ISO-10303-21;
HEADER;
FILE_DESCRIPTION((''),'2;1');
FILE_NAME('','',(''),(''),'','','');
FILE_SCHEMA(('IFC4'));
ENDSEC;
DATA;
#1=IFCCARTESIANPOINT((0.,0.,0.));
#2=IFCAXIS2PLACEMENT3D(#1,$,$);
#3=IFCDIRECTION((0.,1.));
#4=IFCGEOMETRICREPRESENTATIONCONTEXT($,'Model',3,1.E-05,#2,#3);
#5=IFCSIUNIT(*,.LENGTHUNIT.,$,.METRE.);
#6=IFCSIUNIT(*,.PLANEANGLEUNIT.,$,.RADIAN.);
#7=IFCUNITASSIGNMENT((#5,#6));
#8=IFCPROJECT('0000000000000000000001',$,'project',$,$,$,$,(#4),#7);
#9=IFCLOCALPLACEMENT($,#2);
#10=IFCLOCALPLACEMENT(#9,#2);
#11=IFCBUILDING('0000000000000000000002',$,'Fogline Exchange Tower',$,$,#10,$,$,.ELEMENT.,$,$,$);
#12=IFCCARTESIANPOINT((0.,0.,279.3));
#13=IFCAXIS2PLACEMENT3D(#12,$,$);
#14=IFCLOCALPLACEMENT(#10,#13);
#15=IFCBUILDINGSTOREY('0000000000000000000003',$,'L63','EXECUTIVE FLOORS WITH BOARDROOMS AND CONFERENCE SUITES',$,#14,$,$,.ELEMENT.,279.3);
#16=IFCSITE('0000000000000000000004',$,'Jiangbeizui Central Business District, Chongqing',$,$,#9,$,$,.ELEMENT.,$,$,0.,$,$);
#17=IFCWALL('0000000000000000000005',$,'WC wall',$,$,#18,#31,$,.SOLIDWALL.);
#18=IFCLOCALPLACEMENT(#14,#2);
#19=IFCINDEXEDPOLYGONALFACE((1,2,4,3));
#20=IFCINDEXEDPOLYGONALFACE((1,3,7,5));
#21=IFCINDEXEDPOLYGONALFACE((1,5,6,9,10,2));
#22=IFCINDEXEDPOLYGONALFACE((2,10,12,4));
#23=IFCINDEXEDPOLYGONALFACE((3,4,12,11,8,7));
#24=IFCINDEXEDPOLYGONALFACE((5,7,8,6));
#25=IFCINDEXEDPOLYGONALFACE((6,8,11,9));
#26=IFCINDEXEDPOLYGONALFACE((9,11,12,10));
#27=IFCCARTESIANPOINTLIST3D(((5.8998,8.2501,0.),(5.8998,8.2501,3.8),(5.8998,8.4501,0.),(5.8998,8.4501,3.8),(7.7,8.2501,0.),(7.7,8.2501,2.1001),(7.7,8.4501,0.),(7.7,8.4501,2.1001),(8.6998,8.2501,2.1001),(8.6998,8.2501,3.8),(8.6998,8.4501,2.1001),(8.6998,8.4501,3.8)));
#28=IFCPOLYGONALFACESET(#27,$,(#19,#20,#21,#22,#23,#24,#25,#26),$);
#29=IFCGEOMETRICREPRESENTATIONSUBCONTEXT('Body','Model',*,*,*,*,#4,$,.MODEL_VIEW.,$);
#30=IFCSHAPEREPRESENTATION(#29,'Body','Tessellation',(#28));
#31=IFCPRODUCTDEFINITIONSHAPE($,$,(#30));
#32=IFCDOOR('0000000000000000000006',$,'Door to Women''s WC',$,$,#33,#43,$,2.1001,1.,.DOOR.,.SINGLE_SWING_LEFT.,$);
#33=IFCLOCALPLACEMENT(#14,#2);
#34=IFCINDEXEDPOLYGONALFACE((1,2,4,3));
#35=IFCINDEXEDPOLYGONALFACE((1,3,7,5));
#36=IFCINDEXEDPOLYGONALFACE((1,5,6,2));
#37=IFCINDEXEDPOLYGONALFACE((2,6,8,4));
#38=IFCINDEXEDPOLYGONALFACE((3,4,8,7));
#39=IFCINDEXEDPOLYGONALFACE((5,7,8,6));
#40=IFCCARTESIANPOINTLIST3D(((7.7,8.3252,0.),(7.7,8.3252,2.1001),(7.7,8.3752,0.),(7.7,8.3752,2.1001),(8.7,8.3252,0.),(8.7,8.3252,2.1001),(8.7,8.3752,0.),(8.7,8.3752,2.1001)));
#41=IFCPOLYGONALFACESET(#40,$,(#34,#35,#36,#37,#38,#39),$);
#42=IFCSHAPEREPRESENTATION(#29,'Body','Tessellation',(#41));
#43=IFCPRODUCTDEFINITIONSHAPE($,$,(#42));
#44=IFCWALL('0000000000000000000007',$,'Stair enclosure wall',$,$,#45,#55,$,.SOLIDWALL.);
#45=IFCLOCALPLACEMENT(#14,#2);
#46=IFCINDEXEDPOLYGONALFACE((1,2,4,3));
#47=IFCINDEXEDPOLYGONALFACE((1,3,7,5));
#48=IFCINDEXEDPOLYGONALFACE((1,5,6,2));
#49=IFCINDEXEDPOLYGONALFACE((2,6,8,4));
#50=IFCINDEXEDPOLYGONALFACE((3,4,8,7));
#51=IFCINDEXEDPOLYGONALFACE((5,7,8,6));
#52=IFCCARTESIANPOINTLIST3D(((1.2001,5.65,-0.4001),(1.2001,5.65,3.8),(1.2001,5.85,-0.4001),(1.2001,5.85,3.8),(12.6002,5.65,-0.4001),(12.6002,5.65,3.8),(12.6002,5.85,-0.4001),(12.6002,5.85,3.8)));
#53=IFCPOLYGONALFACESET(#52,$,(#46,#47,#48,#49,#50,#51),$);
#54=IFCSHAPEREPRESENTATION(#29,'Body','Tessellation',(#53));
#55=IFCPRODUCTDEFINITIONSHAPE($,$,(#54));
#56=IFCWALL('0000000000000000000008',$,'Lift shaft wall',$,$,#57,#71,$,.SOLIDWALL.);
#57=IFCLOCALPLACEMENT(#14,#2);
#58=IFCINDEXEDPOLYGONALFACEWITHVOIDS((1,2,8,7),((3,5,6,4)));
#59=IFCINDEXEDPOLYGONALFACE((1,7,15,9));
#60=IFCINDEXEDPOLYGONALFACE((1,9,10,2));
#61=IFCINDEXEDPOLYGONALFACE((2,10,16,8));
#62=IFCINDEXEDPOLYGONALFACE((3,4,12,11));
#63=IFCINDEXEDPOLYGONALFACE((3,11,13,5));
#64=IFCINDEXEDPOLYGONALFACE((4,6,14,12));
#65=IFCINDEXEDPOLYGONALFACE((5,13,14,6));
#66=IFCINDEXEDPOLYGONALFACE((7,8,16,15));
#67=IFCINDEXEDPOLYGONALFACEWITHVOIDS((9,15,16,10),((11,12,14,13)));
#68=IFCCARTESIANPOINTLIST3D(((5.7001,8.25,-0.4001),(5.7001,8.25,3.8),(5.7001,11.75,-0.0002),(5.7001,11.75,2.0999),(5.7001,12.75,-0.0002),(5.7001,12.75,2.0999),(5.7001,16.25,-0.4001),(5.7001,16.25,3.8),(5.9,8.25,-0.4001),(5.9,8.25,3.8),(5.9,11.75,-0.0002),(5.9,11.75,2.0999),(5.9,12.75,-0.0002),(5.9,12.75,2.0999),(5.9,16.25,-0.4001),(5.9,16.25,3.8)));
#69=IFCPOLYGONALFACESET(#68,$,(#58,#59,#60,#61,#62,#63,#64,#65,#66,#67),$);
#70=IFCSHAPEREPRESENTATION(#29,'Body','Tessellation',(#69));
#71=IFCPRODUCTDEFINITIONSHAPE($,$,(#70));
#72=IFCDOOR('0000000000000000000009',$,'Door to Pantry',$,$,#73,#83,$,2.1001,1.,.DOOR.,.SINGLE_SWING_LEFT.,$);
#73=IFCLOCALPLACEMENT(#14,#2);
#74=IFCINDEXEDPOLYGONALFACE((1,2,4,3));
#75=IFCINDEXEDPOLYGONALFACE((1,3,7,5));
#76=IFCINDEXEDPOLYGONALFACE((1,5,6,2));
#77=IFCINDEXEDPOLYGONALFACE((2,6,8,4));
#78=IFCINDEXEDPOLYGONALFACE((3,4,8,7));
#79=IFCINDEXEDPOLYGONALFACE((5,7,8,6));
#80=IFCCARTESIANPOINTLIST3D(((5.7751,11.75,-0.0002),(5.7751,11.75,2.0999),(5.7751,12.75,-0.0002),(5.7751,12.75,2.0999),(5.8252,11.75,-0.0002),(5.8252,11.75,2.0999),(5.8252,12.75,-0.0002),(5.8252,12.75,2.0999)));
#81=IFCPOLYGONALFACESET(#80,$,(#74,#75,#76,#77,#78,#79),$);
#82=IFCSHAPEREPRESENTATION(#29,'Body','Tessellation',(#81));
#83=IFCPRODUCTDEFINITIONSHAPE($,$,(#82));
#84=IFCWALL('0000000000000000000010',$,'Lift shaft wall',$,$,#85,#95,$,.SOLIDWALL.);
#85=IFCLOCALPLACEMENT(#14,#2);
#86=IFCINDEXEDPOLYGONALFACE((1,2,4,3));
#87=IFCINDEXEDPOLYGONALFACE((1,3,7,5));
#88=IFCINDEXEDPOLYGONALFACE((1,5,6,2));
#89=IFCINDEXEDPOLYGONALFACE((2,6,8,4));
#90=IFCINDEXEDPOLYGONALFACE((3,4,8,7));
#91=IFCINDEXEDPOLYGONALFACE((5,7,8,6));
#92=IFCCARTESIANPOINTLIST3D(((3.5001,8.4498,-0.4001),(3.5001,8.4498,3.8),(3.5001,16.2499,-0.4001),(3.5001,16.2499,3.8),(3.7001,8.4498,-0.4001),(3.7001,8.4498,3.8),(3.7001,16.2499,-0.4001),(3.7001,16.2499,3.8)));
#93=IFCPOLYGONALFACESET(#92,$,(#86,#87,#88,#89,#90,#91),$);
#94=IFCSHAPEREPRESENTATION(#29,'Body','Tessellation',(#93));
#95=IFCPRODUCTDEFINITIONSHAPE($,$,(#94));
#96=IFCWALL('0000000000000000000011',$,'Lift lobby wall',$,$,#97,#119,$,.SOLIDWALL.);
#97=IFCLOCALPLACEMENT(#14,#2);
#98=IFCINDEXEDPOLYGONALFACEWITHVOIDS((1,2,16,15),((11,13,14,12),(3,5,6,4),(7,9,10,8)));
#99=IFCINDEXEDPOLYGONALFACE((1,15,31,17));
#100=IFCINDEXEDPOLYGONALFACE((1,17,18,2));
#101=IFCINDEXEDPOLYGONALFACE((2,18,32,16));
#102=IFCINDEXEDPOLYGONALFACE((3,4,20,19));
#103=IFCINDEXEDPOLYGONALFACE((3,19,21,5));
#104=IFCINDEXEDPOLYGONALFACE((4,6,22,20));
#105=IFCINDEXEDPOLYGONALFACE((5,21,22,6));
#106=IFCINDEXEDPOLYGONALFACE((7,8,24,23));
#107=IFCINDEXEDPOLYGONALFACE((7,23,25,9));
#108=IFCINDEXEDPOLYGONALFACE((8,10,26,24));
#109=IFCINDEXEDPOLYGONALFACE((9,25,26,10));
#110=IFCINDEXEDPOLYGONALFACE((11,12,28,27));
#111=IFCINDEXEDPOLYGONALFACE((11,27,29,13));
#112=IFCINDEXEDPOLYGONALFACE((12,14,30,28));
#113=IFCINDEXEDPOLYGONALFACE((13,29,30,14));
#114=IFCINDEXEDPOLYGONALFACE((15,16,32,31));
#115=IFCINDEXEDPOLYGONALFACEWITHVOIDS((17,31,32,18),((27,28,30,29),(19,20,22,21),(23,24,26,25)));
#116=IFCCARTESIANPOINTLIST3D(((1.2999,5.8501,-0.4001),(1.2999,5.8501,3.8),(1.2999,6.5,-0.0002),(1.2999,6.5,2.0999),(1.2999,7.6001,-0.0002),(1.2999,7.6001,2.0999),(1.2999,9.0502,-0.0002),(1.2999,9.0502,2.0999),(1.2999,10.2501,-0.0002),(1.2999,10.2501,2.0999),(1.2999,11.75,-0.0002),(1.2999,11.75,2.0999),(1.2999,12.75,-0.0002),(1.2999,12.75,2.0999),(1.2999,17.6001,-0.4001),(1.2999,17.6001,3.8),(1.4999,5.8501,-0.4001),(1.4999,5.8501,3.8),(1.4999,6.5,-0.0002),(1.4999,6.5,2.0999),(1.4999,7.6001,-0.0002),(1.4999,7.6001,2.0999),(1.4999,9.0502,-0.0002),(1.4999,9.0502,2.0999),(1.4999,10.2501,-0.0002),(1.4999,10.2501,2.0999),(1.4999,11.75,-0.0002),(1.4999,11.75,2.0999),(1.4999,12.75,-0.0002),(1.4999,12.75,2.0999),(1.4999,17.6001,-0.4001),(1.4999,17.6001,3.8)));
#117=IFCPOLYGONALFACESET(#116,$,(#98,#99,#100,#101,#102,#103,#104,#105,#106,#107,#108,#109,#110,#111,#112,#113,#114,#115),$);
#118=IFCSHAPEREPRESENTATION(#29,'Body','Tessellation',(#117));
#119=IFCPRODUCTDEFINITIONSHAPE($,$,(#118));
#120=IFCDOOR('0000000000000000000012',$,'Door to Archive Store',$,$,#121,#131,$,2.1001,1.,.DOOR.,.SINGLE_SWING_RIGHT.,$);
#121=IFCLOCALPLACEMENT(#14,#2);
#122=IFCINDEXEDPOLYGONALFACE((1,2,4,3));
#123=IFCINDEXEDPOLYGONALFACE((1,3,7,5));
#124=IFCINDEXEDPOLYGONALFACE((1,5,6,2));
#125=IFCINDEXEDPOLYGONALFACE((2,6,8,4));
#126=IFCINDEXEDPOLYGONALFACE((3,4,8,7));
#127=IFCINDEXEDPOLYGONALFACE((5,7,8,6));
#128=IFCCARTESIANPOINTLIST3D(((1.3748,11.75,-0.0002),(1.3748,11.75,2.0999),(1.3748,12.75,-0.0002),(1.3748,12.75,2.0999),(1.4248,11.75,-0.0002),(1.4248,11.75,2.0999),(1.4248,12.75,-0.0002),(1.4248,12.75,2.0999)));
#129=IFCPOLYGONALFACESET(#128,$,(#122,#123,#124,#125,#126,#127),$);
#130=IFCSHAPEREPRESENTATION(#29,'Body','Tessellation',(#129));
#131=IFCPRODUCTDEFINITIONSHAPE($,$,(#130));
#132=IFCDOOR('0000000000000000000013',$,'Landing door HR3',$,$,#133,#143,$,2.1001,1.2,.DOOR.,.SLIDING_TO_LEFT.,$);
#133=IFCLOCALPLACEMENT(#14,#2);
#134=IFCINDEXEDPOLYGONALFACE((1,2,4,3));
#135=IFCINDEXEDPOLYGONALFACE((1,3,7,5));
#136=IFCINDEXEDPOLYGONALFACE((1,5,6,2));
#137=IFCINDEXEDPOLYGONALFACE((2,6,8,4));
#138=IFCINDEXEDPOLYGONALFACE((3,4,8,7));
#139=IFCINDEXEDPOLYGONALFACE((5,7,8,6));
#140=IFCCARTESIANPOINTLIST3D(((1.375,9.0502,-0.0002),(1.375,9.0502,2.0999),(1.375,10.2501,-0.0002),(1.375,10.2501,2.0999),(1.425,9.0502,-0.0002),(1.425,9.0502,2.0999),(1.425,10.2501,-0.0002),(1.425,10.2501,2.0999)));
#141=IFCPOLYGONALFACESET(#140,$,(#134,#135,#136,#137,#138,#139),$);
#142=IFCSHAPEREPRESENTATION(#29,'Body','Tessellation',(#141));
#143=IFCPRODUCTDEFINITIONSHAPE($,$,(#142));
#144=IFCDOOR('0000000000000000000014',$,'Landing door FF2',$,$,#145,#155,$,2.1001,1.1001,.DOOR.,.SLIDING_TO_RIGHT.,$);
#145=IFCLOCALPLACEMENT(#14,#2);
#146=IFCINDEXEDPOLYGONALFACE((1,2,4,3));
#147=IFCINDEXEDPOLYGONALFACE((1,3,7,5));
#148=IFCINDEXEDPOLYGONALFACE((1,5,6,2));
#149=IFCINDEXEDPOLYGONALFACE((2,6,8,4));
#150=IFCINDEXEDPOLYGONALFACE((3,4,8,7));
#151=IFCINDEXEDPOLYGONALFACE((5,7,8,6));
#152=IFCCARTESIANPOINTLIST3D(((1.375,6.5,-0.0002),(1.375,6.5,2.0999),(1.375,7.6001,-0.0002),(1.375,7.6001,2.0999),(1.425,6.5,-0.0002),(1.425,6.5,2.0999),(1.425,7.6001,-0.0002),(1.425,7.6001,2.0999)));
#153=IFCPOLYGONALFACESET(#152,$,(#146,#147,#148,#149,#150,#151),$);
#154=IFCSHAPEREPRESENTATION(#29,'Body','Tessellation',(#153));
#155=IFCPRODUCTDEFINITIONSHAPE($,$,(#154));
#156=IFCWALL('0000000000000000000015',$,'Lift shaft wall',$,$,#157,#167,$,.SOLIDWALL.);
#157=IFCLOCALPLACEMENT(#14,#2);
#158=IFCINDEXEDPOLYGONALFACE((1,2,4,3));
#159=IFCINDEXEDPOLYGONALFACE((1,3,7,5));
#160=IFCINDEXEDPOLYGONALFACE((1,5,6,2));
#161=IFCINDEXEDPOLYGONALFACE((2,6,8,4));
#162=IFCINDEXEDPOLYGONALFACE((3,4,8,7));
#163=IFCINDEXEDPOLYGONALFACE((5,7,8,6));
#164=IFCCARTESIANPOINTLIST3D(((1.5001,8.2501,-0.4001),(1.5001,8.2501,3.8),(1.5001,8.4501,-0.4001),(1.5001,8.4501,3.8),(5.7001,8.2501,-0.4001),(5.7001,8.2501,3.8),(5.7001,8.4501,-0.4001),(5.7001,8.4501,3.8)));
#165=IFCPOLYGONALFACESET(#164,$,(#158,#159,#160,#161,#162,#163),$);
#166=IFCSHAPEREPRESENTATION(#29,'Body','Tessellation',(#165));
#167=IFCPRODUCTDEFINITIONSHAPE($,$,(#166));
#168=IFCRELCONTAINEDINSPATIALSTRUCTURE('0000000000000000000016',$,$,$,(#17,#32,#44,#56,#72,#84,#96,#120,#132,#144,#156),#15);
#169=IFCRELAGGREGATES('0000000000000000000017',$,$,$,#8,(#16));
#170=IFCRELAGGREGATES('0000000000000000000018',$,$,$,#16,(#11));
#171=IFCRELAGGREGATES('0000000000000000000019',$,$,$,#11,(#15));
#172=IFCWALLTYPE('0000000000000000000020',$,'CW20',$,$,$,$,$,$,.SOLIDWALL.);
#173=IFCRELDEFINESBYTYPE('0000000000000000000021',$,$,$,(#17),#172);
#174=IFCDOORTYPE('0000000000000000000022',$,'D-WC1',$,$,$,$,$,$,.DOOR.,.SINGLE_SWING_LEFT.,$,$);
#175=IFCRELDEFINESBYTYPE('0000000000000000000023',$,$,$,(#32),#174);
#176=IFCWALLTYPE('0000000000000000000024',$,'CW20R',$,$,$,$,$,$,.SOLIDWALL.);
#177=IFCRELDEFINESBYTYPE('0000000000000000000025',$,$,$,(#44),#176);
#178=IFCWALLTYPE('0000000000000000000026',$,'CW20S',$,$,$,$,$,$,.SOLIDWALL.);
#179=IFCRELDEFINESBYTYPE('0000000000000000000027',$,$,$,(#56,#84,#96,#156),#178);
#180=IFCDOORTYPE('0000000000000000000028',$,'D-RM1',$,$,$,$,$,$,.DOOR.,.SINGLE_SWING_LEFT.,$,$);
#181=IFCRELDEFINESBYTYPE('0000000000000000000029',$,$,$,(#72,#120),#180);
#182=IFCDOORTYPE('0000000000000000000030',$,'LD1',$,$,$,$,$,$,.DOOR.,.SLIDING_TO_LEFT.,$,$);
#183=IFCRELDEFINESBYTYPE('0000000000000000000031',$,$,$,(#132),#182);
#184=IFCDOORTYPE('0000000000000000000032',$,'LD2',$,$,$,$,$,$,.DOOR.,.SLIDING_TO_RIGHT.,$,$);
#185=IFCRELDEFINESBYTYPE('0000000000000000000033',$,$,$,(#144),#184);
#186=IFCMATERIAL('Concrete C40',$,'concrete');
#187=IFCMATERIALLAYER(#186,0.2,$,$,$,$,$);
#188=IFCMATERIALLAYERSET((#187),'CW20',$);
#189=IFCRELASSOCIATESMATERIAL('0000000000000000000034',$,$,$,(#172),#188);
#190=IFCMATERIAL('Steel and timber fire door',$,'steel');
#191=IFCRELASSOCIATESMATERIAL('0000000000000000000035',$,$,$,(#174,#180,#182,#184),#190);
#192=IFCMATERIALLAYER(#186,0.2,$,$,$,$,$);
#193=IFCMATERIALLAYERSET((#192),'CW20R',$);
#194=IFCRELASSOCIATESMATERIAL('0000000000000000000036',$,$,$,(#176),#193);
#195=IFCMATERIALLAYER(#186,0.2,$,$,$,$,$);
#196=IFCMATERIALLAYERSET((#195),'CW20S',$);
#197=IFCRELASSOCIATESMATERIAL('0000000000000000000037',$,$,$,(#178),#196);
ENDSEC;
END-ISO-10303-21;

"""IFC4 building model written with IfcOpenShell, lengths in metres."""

from ifc_helpers import new_model, si_unit, direction, frame, frame_2d, origin, place, context, subcontext, project, spatial, rectangle, extrude, material, layer, layer_set, type_object, element, fill, save


model = new_model("IFC4")

# Units and contexts
model_context = context("Model", 3, precision=1e-05, world=origin(), true_north=direction((0.0, 1.0)))
body_context = subcontext(model_context, "Body", "Model", "MODEL_VIEW")
ifc_project = project(units=[si_unit("LENGTHUNIT", "METRE"), si_unit("PLANEANGLEUNIT", "RADIAN")], contexts=[model_context])

# Site, building, storey
site_placement = place(None, origin())
site = spatial("IfcSite", under=ifc_project, at=site_placement, Name="Jiangbeizui Central Business District, Chongqing", CompositionType="ELEMENT", RefElevation=0.0)
building_placement = place(site_placement, origin())
building = spatial("IfcBuilding", under=site, at=building_placement, Name="Fogline Exchange Tower", CompositionType="ELEMENT")
storey_placement = place(building_placement, frame((0.0, 0.0, 279.3)))
storey = spatial("IfcBuildingStorey", under=building, at=storey_placement, Name="L63", Description="EXECUTIVE FLOORS WITH BOARDROOMS AND CONFERENCE SUITES", CompositionType="ELEMENT", Elevation=279.3)

# Shared definitions
ifc_material_1 = material(Name="Concrete C40", Category="concrete")

# Wall, opening, door
ifc_layer_1 = layer(ifc_material_1, 0.2)
ifc_layer_set_1 = layer_set([ifc_layer_1], Name="CW20")
wall_type_1 = type_object("IfcWallType", Name="CW20", PredefinedType="SOLIDWALL", material=ifc_layer_set_1)
wall_1_placement = place(storey_placement, frame((5.8999, 8.3501, 0.0), z_axis=(0.0, 0.0, 1.0), x_axis=(1.0, 0.0, 0.0)))
wall_1 = element("IfcWall", 1, at=wall_1_placement, inside=storey, type_object=wall_type_1, Name="WC wall", PredefinedType="SOLIDWALL", context=body_context, shape_type="SweptSolid", body=[
    extrude(rectangle(XDim=2.8, YDim=0.2, at=frame_2d((1.3999, 0.0))), origin(), (0.0, 0.0, 1.0), 3.8),
])
opening_1_placement = place(wall_1_placement, frame((1.8, 0.0, 0.0)))
opening_1 = element("IfcOpeningElement", 2, at=opening_1_placement, cuts=wall_1, PredefinedType="OPENING", context=body_context, shape_type="SweptSolid", body=[
    extrude(rectangle(XDim=1.0, YDim=2.1001, at=frame_2d((0.5, 1.05))), frame((0.0, 0.1099, 0.0), z_axis=(0.0, -1.0, 0.0), x_axis=(1.0, 0.0, 0.0)), (0.0, 0.0, 1.0), 0.22),
])
ifc_material_2 = material(Name="Steel and timber fire door", Category="steel")
door_type_1 = type_object("IfcDoorType", Name="D-WC1", OperationType="SINGLE_SWING_LEFT", PredefinedType="DOOR", material=ifc_material_2)
door_1_placement = place(opening_1_placement, frame((1.0, 0.0, 0.0), z_axis=(0.0, 0.0, 1.0), x_axis=(-1.0, 0.0, 0.0)))
door_1 = element("IfcDoor", 3, at=door_1_placement, inside=storey, type_object=door_type_1, Name="Door to Women's WC", OperationType="SINGLE_SWING_LEFT", OverallHeight=2.1001, OverallWidth=1.0, PredefinedType="DOOR", context=body_context, shape_type="SweptSolid", body=[
    extrude(rectangle(XDim=1.0, YDim=2.1001, at=frame_2d((0.5, 1.05))), frame((0.0, 0.0249, 0.0), z_axis=(0.0, -1.0, 0.0), x_axis=(1.0, 0.0, 0.0)), (0.0, 0.0, 1.0), 0.05),
])
fill(opening_1, door_1)

# Wall
ifc_layer_2 = layer(ifc_material_1, 0.2)
ifc_layer_set_2 = layer_set([ifc_layer_2], Name="CW20R")
wall_type_2 = type_object("IfcWallType", Name="CW20R", PredefinedType="SOLIDWALL", material=ifc_layer_set_2)
wall_2_placement = place(storey_placement, frame((1.2, 5.75, -0.4001), z_axis=(0.0, 0.0, 1.0), x_axis=(1.0, 0.0, 0.0)))
element("IfcWall", 4, at=wall_2_placement, inside=storey, type_object=wall_type_2, Name="Stair enclosure wall", PredefinedType="SOLIDWALL", context=body_context, shape_type="SweptSolid", body=[
    extrude(rectangle(XDim=11.4001, YDim=0.2, at=frame_2d((5.7002, 0.0))), origin(), (0.0, 0.0, 1.0), 4.2002),
])

# Wall, opening, door
ifc_layer_3 = layer(ifc_material_1, 0.2)
ifc_layer_set_3 = layer_set([ifc_layer_3], Name="CW20S")
wall_type_3 = type_object("IfcWallType", Name="CW20S", PredefinedType="SOLIDWALL", material=ifc_layer_set_3)
wall_3_placement = place(storey_placement, frame((5.8, 8.25, -0.4001), z_axis=(0.0, 0.0, 1.0), x_axis=(0.0, 1.0, 0.0)))
wall_3 = element("IfcWall", 5, at=wall_3_placement, inside=storey, type_object=wall_type_3, Name="Lift shaft wall", PredefinedType="SOLIDWALL", context=body_context, shape_type="SweptSolid", body=[
    extrude(rectangle(XDim=8.0, YDim=0.2, at=frame_2d((4.0, 0.0))), origin(), (0.0, 0.0, 1.0), 4.2002),
])
opening_2_placement = place(wall_3_placement, frame((3.5, 0.0, 0.3999)))
opening_2 = element("IfcOpeningElement", 6, at=opening_2_placement, cuts=wall_3, PredefinedType="OPENING", context=body_context, shape_type="SweptSolid", body=[
    extrude(rectangle(XDim=1.0, YDim=2.1001, at=frame_2d((0.5, 1.05))), frame((0.0, 0.1099, 0.0), z_axis=(0.0, -1.0, 0.0), x_axis=(1.0, 0.0, 0.0)), (0.0, 0.0, 1.0), 0.22),
])
door_type_2 = type_object("IfcDoorType", Name="D-RM1", OperationType="SINGLE_SWING_LEFT", PredefinedType="DOOR", material=ifc_material_2)
door_2_placement = place(opening_2_placement, origin())
door_2 = element("IfcDoor", 7, at=door_2_placement, inside=storey, type_object=door_type_2, Name="Door to Pantry", OperationType="SINGLE_SWING_LEFT", OverallHeight=2.1001, OverallWidth=1.0, PredefinedType="DOOR", context=body_context, shape_type="SweptSolid", body=[
    extrude(rectangle(XDim=1.0, YDim=2.1001, at=frame_2d((0.5, 1.05))), frame((0.0, 0.0249, 0.0), z_axis=(0.0, -1.0, 0.0), x_axis=(1.0, 0.0, 0.0)), (0.0, 0.0, 1.0), 0.05),
])
fill(opening_2, door_2)

# Wall
wall_4_placement = place(storey_placement, frame((3.6001, 8.45, -0.4001), z_axis=(0.0, 0.0, 1.0), x_axis=(0.0, 1.0, 0.0)))
element("IfcWall", 8, at=wall_4_placement, inside=storey, type_object=wall_type_3, Name="Lift shaft wall", PredefinedType="SOLIDWALL", context=body_context, shape_type="SweptSolid", body=[
    extrude(rectangle(XDim=7.8, YDim=0.2, at=frame_2d((3.8999, 0.0))), origin(), (0.0, 0.0, 1.0), 4.2002),
])

# Wall, openings, doors
wall_5_placement = place(storey_placement, frame((1.3999, 5.8501, -0.4001), z_axis=(0.0, 0.0, 1.0), x_axis=(0.0, 1.0, 0.0)))
wall_5 = element("IfcWall", 9, at=wall_5_placement, inside=storey, type_object=wall_type_3, Name="Lift lobby wall", PredefinedType="SOLIDWALL", context=body_context, shape_type="SweptSolid", body=[
    extrude(rectangle(XDim=11.75, YDim=0.2, at=frame_2d((5.875, 0.0))), origin(), (0.0, 0.0, 1.0), 4.2002),
])
opening_3_placement = place(wall_5_placement, frame((3.2, 0.0, 0.3999)))
opening_3 = element("IfcOpeningElement", 10, at=opening_3_placement, cuts=wall_5, PredefinedType="OPENING", context=body_context, shape_type="SweptSolid", body=[
    extrude(rectangle(XDim=1.2, YDim=2.1001, at=frame_2d((0.6001, 1.05))), frame((0.0, 0.1099, 0.0), z_axis=(0.0, -1.0, 0.0), x_axis=(1.0, 0.0, 0.0)), (0.0, 0.0, 1.0), 0.22),
])
opening_4_placement = place(wall_5_placement, frame((0.6499, 0.0, 0.3999)))
opening_4 = element("IfcOpeningElement", 11, at=opening_4_placement, cuts=wall_5, PredefinedType="OPENING", context=body_context, shape_type="SweptSolid", body=[
    extrude(rectangle(XDim=1.1001, YDim=2.1001, at=frame_2d((0.55, 1.05))), frame((0.0, 0.1099, 0.0), z_axis=(0.0, -1.0, 0.0), x_axis=(1.0, 0.0, 0.0)), (0.0, 0.0, 1.0), 0.22),
])
opening_5_placement = place(wall_5_placement, frame((5.8999, 0.0, 0.3999)))
opening_5 = element("IfcOpeningElement", 12, at=opening_5_placement, cuts=wall_5, PredefinedType="OPENING", context=body_context, shape_type="SweptSolid", body=[
    extrude(rectangle(XDim=1.0, YDim=2.1001, at=frame_2d((0.5, 1.05))), frame((0.0, 0.1099, 0.0), z_axis=(0.0, -1.0, 0.0), x_axis=(1.0, 0.0, 0.0)), (0.0, 0.0, 1.0), 0.22),
])
door_3_placement = place(opening_5_placement, frame((1.0, 0.0, 0.0), z_axis=(0.0, 0.0, 1.0), x_axis=(-1.0, 0.0, 0.0)))
door_3 = element("IfcDoor", 13, at=door_3_placement, inside=storey, type_object=door_type_2, Name="Door to Archive Store", OperationType="SINGLE_SWING_RIGHT", OverallHeight=2.1001, OverallWidth=1.0, PredefinedType="DOOR", context=body_context, shape_type="SweptSolid", body=[
    extrude(rectangle(XDim=1.0, YDim=2.1001, at=frame_2d((0.5, 1.05))), frame((0.0, 0.0249, 0.0), z_axis=(0.0, -1.0, 0.0), x_axis=(1.0, 0.0, 0.0)), (0.0, 0.0, 1.0), 0.05),
])
fill(opening_5, door_3)
door_type_3 = type_object("IfcDoorType", Name="LD1", OperationType="SLIDING_TO_LEFT", PredefinedType="DOOR", material=ifc_material_2)
door_4_placement = place(opening_3_placement, origin())
door_4 = element("IfcDoor", 14, at=door_4_placement, inside=storey, type_object=door_type_3, Name="Landing door HR3", OperationType="SLIDING_TO_LEFT", OverallHeight=2.1001, OverallWidth=1.2, PredefinedType="DOOR", context=body_context, shape_type="SweptSolid", body=[
    extrude(rectangle(XDim=1.2, YDim=2.1001, at=frame_2d((0.6001, 1.05))), frame((0.0, 0.0249, 0.0), z_axis=(0.0, -1.0, 0.0), x_axis=(1.0, 0.0, 0.0)), (0.0, 0.0, 1.0), 0.05),
])
fill(opening_3, door_4)
door_type_4 = type_object("IfcDoorType", Name="LD2", OperationType="SLIDING_TO_RIGHT", PredefinedType="DOOR", material=ifc_material_2)
door_5_placement = place(opening_4_placement, origin())
door_5 = element("IfcDoor", 15, at=door_5_placement, inside=storey, type_object=door_type_4, Name="Landing door FF2", OperationType="SLIDING_TO_RIGHT", OverallHeight=2.1001, OverallWidth=1.1001, PredefinedType="DOOR", context=body_context, shape_type="SweptSolid", body=[
    extrude(rectangle(XDim=1.1001, YDim=2.1001, at=frame_2d((0.55, 1.05))), frame((0.0, 0.0249, 0.0), z_axis=(0.0, -1.0, 0.0), x_axis=(1.0, 0.0, 0.0)), (0.0, 0.0, 1.0), 0.05),
])
fill(opening_4, door_5)

# Wall
wall_6_placement = place(storey_placement, frame((1.5, 8.3501, -0.4001), z_axis=(0.0, 0.0, 1.0), x_axis=(1.0, 0.0, 0.0)))
element("IfcWall", 16, at=wall_6_placement, inside=storey, type_object=wall_type_3, Name="Lift shaft wall", PredefinedType="SOLIDWALL", context=body_context, shape_type="SweptSolid", body=[
    extrude(rectangle(XDim=4.2, YDim=0.2, at=frame_2d((2.1001, 0.0))), origin(), (0.0, 0.0, 1.0), 4.2002),
])

save(model, "model.ifc")
